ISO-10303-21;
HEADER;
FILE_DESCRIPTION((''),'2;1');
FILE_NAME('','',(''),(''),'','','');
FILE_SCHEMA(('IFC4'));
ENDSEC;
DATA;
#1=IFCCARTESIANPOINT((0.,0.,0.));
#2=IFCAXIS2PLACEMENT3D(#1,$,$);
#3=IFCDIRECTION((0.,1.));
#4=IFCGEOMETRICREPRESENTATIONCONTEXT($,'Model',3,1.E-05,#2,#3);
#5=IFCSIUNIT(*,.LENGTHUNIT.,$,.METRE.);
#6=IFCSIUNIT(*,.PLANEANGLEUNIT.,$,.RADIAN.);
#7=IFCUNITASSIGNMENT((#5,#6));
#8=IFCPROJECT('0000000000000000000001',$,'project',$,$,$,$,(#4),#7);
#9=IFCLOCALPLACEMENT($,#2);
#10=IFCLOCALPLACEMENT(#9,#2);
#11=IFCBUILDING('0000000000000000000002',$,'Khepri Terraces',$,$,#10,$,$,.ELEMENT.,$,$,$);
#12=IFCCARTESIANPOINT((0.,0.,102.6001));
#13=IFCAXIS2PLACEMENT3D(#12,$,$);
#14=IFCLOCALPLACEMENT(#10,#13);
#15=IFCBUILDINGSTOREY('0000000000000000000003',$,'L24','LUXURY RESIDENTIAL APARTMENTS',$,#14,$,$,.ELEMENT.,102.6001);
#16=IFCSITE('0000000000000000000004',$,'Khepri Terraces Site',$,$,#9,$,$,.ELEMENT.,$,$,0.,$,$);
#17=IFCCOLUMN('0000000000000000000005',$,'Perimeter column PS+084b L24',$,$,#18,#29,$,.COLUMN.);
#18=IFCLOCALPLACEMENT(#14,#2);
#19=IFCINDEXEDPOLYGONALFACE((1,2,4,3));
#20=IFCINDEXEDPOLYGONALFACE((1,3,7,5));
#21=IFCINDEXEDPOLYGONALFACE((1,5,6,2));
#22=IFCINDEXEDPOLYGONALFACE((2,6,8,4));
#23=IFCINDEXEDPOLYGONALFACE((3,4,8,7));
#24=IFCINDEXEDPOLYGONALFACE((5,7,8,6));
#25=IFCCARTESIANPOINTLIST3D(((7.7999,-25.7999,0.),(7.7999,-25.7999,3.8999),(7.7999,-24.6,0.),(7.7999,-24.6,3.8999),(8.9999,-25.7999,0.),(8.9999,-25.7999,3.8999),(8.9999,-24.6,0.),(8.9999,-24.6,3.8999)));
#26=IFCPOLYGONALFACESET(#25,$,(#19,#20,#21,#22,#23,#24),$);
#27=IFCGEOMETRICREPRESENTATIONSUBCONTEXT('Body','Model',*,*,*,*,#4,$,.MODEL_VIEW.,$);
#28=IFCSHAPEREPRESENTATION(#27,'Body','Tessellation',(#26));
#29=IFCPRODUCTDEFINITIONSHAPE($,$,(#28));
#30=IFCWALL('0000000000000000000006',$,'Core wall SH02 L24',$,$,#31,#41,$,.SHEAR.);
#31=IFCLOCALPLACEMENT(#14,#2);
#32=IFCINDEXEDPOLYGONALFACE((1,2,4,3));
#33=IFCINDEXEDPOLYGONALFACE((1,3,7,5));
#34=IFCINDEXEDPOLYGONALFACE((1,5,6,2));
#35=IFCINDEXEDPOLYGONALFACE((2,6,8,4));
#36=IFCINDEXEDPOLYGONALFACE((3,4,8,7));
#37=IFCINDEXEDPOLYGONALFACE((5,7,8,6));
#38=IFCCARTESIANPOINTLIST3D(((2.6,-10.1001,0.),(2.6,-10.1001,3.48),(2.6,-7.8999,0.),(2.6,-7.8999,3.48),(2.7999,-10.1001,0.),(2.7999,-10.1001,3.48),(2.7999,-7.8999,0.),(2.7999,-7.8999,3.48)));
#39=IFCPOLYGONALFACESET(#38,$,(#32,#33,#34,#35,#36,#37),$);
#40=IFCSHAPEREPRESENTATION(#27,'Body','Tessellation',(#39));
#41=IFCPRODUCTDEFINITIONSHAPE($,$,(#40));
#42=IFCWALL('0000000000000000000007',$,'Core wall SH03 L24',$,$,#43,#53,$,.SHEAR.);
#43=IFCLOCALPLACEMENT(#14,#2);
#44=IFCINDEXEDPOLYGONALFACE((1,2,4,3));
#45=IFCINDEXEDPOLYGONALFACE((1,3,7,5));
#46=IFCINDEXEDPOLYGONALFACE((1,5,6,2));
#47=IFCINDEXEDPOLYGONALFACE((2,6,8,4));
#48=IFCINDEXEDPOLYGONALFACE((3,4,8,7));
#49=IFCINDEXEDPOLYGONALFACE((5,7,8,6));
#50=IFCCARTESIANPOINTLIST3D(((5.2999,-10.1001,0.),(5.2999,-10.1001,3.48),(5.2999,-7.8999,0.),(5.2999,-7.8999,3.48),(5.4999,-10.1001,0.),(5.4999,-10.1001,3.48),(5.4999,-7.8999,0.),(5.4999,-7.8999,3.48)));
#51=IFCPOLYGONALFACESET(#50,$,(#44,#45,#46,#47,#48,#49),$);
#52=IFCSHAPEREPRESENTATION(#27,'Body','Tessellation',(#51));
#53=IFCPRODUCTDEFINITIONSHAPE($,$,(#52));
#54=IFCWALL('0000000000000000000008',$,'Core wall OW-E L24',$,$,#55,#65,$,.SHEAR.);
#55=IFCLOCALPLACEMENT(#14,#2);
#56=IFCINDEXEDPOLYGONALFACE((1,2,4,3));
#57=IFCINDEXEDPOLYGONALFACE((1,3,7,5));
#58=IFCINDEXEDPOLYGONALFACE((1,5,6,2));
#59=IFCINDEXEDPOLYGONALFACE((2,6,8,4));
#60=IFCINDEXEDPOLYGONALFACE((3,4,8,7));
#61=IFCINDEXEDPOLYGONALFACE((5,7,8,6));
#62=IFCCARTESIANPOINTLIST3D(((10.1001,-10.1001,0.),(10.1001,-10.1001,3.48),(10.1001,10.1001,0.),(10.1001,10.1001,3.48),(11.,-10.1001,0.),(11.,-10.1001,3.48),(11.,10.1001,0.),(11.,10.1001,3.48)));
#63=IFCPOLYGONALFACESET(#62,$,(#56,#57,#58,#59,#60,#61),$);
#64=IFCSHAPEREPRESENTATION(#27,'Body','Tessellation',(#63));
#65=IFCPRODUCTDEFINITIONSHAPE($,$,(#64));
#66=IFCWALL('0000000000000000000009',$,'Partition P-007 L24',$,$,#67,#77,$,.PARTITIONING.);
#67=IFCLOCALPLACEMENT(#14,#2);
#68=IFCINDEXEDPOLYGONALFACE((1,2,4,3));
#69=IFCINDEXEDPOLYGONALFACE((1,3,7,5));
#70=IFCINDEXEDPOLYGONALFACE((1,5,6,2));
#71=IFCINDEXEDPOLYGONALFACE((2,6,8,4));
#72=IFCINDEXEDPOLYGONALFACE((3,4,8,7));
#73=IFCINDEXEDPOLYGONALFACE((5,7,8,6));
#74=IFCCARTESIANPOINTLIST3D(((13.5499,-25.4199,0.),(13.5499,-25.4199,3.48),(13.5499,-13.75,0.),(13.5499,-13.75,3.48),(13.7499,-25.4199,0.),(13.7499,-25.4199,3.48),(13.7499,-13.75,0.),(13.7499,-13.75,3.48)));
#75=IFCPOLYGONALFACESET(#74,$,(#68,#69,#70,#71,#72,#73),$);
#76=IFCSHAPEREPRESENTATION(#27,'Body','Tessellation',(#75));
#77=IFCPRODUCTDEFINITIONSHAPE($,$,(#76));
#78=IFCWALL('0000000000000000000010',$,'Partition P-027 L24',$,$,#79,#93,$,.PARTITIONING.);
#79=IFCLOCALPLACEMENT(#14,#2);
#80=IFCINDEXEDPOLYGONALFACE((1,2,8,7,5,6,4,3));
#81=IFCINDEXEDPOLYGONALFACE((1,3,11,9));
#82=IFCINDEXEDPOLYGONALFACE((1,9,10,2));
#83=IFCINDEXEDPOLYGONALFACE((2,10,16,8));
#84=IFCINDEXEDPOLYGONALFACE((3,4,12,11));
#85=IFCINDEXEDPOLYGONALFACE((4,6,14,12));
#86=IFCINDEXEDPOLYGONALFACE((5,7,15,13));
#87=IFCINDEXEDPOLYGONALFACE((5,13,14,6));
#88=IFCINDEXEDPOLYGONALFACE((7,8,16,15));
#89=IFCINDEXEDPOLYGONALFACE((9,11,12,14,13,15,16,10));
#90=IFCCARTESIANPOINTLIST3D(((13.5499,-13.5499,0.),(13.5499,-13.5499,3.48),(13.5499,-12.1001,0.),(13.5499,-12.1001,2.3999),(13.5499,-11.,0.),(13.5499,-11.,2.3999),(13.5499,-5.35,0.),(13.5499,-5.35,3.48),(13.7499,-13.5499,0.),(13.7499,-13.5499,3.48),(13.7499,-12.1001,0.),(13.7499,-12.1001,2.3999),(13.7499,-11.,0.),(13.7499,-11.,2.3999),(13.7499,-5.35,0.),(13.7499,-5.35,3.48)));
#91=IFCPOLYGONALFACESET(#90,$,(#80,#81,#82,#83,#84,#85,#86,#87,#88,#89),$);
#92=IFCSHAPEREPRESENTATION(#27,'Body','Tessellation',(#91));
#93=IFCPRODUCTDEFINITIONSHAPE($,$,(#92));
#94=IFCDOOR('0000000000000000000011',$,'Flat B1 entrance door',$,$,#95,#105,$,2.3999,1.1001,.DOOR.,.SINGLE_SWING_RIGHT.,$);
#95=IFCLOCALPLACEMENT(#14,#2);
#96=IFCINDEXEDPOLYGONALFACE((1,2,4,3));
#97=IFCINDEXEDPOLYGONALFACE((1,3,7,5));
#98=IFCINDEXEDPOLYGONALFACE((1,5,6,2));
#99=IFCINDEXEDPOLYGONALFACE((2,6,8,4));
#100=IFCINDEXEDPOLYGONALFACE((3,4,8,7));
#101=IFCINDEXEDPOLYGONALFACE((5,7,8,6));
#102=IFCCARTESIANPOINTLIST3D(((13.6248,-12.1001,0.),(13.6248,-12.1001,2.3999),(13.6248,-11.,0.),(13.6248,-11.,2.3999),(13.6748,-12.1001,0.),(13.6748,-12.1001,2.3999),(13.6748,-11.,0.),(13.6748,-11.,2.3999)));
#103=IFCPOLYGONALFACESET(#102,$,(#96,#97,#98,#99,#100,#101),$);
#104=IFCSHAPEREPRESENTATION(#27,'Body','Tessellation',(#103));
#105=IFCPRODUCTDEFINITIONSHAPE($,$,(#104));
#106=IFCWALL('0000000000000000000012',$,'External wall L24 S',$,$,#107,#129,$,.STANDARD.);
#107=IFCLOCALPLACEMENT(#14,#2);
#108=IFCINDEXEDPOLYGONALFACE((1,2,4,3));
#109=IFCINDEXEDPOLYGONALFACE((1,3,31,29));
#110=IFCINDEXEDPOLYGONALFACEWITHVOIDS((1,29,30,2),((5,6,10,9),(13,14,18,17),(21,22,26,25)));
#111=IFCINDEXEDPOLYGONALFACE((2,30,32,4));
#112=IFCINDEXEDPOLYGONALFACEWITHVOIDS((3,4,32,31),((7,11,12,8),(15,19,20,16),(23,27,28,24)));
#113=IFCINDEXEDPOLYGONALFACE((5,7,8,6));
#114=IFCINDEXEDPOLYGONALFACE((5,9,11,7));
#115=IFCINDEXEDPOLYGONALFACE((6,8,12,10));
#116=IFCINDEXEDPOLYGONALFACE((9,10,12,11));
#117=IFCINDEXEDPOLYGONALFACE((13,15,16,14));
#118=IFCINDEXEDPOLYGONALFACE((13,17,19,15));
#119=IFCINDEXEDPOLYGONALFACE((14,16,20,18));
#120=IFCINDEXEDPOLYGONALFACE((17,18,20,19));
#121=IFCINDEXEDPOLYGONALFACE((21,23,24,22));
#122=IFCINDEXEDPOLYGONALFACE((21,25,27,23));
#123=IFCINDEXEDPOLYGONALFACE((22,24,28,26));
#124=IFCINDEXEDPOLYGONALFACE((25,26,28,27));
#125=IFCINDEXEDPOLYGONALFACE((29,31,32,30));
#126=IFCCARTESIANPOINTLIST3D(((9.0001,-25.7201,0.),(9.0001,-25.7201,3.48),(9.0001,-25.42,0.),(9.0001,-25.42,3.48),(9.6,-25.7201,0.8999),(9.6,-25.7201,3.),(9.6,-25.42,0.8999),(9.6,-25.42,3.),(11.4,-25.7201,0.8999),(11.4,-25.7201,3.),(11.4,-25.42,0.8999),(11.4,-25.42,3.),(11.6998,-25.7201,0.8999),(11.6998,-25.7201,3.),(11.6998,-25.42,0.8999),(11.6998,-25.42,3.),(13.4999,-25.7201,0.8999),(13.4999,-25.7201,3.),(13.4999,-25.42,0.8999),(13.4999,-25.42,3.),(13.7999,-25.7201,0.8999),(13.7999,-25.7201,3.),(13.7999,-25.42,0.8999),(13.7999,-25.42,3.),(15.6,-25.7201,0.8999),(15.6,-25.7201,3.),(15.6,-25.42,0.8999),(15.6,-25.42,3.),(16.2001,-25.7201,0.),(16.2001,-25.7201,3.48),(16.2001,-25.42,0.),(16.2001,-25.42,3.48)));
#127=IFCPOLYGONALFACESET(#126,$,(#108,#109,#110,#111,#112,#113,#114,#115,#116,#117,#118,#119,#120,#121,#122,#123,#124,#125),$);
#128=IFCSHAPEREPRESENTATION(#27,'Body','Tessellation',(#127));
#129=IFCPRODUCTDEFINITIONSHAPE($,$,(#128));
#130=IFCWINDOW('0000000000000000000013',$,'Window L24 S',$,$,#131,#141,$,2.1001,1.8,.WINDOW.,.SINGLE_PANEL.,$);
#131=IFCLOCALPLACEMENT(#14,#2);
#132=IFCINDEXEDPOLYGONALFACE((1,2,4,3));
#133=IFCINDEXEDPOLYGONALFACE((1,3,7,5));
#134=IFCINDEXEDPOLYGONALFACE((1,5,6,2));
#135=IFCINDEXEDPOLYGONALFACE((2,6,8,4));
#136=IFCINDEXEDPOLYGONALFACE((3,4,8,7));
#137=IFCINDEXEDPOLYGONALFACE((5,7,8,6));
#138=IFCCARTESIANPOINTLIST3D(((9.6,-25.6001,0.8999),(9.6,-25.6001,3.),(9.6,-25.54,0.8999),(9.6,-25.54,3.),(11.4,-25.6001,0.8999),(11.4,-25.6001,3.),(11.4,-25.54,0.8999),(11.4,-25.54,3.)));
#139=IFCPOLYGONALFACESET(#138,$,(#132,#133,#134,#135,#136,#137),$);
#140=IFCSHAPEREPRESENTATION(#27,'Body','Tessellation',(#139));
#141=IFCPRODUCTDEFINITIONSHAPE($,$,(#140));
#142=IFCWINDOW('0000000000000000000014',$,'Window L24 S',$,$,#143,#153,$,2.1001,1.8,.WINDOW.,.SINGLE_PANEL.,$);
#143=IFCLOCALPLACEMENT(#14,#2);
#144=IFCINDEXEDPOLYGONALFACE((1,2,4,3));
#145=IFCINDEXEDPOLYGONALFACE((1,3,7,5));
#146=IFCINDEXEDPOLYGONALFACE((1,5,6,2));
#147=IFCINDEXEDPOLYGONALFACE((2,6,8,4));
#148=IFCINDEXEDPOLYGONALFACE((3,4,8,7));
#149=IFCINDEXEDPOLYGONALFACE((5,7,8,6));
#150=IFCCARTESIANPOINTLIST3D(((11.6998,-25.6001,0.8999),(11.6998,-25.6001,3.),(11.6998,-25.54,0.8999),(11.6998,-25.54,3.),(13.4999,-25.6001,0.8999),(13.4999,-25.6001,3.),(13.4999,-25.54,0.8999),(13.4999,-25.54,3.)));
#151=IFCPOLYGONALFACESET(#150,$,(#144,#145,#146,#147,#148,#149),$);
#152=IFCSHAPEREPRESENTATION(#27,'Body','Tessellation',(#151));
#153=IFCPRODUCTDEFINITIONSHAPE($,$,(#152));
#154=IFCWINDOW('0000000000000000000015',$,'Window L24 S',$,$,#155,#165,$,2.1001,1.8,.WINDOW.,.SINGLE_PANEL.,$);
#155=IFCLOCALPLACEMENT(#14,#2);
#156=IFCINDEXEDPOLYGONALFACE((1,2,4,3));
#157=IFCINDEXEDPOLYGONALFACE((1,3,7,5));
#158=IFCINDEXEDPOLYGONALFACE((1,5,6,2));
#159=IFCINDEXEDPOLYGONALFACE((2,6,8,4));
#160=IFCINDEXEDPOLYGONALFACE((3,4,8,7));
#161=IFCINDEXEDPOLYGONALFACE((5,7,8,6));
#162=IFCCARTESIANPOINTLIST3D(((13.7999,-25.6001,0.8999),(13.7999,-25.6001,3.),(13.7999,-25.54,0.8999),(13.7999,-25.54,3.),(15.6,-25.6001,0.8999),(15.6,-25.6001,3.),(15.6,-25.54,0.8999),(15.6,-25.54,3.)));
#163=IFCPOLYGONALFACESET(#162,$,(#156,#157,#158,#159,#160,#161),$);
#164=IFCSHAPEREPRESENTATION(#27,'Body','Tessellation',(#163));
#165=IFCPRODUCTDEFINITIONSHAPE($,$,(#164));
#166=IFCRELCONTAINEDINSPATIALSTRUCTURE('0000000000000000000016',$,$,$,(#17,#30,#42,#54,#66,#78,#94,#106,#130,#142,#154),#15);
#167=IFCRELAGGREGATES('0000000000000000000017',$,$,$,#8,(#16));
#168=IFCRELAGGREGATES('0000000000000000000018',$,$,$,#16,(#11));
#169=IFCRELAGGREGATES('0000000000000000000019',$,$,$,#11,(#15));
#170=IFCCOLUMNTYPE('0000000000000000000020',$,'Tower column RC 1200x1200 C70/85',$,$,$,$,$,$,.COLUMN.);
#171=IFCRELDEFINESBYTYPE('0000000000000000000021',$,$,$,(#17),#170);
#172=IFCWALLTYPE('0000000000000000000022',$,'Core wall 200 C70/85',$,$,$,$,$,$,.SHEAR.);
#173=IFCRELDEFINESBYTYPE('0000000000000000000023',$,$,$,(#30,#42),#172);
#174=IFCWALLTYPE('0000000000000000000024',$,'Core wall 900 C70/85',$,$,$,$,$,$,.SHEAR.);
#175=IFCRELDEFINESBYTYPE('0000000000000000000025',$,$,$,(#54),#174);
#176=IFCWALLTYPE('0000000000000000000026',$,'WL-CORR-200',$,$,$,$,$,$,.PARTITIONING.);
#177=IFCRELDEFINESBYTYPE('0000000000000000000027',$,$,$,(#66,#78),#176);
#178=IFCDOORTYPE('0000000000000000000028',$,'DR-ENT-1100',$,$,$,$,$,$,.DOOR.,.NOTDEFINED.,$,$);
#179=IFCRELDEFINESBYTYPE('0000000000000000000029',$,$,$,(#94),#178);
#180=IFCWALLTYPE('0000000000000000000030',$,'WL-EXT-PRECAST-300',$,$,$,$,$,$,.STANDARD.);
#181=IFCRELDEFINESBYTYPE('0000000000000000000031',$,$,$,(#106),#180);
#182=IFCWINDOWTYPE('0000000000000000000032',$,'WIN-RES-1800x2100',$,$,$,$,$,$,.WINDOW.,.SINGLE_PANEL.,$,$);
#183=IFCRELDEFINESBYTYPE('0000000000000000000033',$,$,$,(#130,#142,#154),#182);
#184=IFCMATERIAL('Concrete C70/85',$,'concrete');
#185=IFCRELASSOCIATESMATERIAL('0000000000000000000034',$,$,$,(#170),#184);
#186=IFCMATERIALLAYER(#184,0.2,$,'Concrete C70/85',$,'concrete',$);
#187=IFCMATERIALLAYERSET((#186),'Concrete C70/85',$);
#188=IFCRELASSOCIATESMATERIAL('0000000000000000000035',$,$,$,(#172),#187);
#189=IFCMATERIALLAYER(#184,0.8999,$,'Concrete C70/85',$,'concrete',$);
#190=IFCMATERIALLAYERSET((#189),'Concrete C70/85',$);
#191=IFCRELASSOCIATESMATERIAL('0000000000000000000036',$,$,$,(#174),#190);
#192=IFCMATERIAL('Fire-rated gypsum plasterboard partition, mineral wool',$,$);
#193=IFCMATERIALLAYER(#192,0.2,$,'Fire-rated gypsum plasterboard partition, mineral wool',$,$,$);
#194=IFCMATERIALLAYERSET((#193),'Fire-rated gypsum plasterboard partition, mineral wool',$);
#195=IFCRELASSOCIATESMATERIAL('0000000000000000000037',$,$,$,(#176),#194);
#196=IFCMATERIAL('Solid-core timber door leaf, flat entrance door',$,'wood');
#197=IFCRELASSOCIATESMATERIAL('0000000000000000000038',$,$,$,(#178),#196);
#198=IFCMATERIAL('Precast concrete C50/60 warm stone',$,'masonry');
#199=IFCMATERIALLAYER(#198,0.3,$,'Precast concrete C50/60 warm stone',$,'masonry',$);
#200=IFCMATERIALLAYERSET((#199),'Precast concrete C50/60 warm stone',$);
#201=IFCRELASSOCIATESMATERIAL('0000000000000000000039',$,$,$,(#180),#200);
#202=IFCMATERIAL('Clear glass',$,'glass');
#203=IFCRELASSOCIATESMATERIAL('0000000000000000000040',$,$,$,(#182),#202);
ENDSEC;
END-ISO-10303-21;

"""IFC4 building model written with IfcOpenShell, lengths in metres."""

from ifc_helpers import new_model, si_unit, direction, frame, frame_2d, origin, origin_2d, place, context, subcontext, project, spatial, rectangle, extrude, material, layer, layer_set, material_profile, profile_set, type_object, element, fill, save


model = new_model("IFC4")

# Units and contexts
model_context = context("Model", 3, precision=1e-05, world=origin(), true_north=direction((0.0, 1.0)))
body_context = subcontext(model_context, "Body", "Model", "MODEL_VIEW")
ifc_project = project(units=[si_unit("LENGTHUNIT", "METRE"), si_unit("PLANEANGLEUNIT", "RADIAN")], contexts=[model_context])

# Site, building, storey
site_placement = place(None, origin())
site = spatial("IfcSite", under=ifc_project, at=site_placement, Name="Khepri Terraces Site", CompositionType="ELEMENT", RefElevation=0.0)
building_placement = place(site_placement, origin())
building = spatial("IfcBuilding", under=site, at=building_placement, Name="Khepri Terraces", CompositionType="ELEMENT")
storey_placement = place(building_placement, frame((0.0, 0.0, 102.6001)))
storey = spatial("IfcBuildingStorey", under=building, at=storey_placement, Name="L24", Description="LUXURY RESIDENTIAL APARTMENTS", CompositionType="ELEMENT", Elevation=102.6001)

# Column
ifc_material_1 = material(Name="Concrete C70/85", Category="concrete")
ifc_material_profile = material_profile(ifc_material_1, rectangle(XDim=1.2, YDim=1.2, at=origin_2d()), Name="Concrete C70/85", Category="concrete")
ifc_profile_set = profile_set([ifc_material_profile], Name="Concrete C70/85")
column_type = type_object("IfcColumnType", Name="Tower column RC 1200x1200 C70/85", PredefinedType="COLUMN", material=ifc_profile_set)
column_placement = place(storey_placement, frame((8.3999, -25.2, 0.0), z_axis=(0.0, 0.0, 1.0), x_axis=(1.0, 0.0, 0.0)))
element("IfcColumn", 1, at=column_placement, inside=storey, type_object=column_type, Name="Perimeter column PS+084b L24", PredefinedType="COLUMN", context=body_context, shape_type="SweptSolid", body=[
    extrude(rectangle(XDim=1.2, YDim=1.2, at=origin_2d()), origin(), (0.0, 0.0, 1.0), 3.8999),
])

# Walls
ifc_layer_1 = layer(ifc_material_1, 0.2, Name="Concrete C70/85", Category="concrete")
ifc_layer_set_1 = layer_set([ifc_layer_1], Name="Concrete C70/85")
wall_type_1 = type_object("IfcWallType", Name="Core wall 200 C70/85", PredefinedType="SHEAR", material=ifc_layer_set_1)
for number, where, z_axis, x_axis, name in (
    (2, (2.7, -10.1001, 0.0), (0.0, 0.0, 1.0), (0.0, 1.0, 0.0), "Core wall SH02 L24"),
    (3, (5.3999, -10.1001, 0.0), (0.0, 0.0, 1.0), (0.0, 1.0, 0.0), "Core wall SH03 L24"),
):
    element("IfcWall", number, at=place(storey_placement, frame(where, z_axis=z_axis, x_axis=x_axis)), inside=storey, type_object=wall_type_1, Name=name, PredefinedType="SHEAR", context=body_context, shape_type="SweptSolid", body=[
        extrude(rectangle(XDim=2.2002, YDim=0.2, at=frame_2d((1.1001, 0.0))), origin(), (0.0, 0.0, 1.0), 3.48),
    ])
ifc_layer_2 = layer(ifc_material_1, 0.8999, Name="Concrete C70/85", Category="concrete")
ifc_layer_set_2 = layer_set([ifc_layer_2], Name="Concrete C70/85")
wall_type_2 = type_object("IfcWallType", Name="Core wall 900 C70/85", PredefinedType="SHEAR", material=ifc_layer_set_2)
wall_1_placement = place(storey_placement, frame((10.55, -10.1001, 0.0), z_axis=(0.0, 0.0, 1.0), x_axis=(0.0, 1.0, 0.0)))
element("IfcWall", 4, at=wall_1_placement, inside=storey, type_object=wall_type_2, Name="Core wall OW-E L24", PredefinedType="SHEAR", context=body_context, shape_type="SweptSolid", body=[
    extrude(rectangle(XDim=20.2002, YDim=0.8999, at=frame_2d((10.1001, 0.0))), origin(), (0.0, 0.0, 1.0), 3.48),
])
ifc_material_2 = material(Name="Fire-rated gypsum plasterboard partition, mineral wool")
ifc_layer_3 = layer(ifc_material_2, 0.2, Name="Fire-rated gypsum plasterboard partition, mineral wool")
ifc_layer_set_3 = layer_set([ifc_layer_3], Name="Fire-rated gypsum plasterboard partition, mineral wool")
wall_type_3 = type_object("IfcWallType", Name="WL-CORR-200", PredefinedType="PARTITIONING", material=ifc_layer_set_3)
wall_2_placement = place(storey_placement, frame((13.6499, -25.4199, 0.0), z_axis=(0.0, 0.0, 1.0), x_axis=(0.0, 1.0, 0.0)))
element("IfcWall", 5, at=wall_2_placement, inside=storey, type_object=wall_type_3, Name="Partition P-007 L24", PredefinedType="PARTITIONING", context=body_context, shape_type="SweptSolid", body=[
    extrude(rectangle(XDim=11.6699, YDim=0.2, at=frame_2d((5.835, 0.0))), origin(), (0.0, 0.0, 1.0), 3.48),
])

# Wall, opening, door
wall_3_placement = place(storey_placement, frame((13.6499, -13.55, 0.0), z_axis=(0.0, 0.0, 1.0), x_axis=(0.0, 1.0, 0.0)))
wall_3 = element("IfcWall", 6, at=wall_3_placement, inside=storey, type_object=wall_type_3, Name="Partition P-027 L24", PredefinedType="PARTITIONING", context=body_context, shape_type="SweptSolid", body=[
    extrude(rectangle(XDim=8.2, YDim=0.2, at=frame_2d((4.1001, 0.0))), origin(), (0.0, 0.0, 1.0), 3.48),
])
opening_1_placement = place(wall_3_placement, frame((1.45, 0.0, 0.0)))
opening_1 = element("IfcOpeningElement", 7, at=opening_1_placement, cuts=wall_3, PredefinedType="OPENING", context=body_context, shape_type="SweptSolid", body=[
    extrude(rectangle(XDim=1.1001, YDim=2.3999, at=frame_2d((0.55, 1.2))), frame((0.0, 0.1099, 0.0), z_axis=(0.0, -1.0, 0.0), x_axis=(1.0, 0.0, 0.0)), (0.0, 0.0, 1.0), 0.22),
])
ifc_material_3 = material(Name="Solid-core timber door leaf, flat entrance door", Category="wood")
door_type_1 = type_object("IfcDoorType", Name="DR-ENT-1100", OperationType="NOTDEFINED", PredefinedType="DOOR", material=ifc_material_3)
door_1_placement = place(opening_1_placement, frame((1.1001, 0.0, 0.0), z_axis=(0.0, 0.0, 1.0), x_axis=(-1.0, 0.0, 0.0)))
door_1 = element("IfcDoor", 8, at=door_1_placement, inside=storey, type_object=door_type_1, Name="Flat B1 entrance door", OperationType="SINGLE_SWING_RIGHT", OverallHeight=2.3999, OverallWidth=1.1001, PredefinedType="DOOR", context=body_context, shape_type="SweptSolid", body=[
    extrude(rectangle(XDim=1.1001, YDim=2.3999, at=frame_2d((0.55, 1.2))), frame((0.0, 0.0249, 0.0), z_axis=(0.0, -1.0, 0.0), x_axis=(1.0, 0.0, 0.0)), (0.0, 0.0, 1.0), 0.05),
])
fill(opening_1, door_1)

# Shared definitions
ifc_material_4 = material(Name="Precast concrete C50/60 warm stone", Category="masonry")
ifc_layer_4 = layer(ifc_material_4, 0.3, Name="Precast concrete C50/60 warm stone", Category="masonry")
ifc_layer_set_4 = layer_set([ifc_layer_4], Name="Precast concrete C50/60 warm stone")
wall_type_4 = type_object("IfcWallType", Name="WL-EXT-PRECAST-300", PredefinedType="STANDARD", material=ifc_layer_set_4)
ifc_material_5 = material(Name="Clear glass", Category="glass")
window_type = type_object("IfcWindowType", Name="WIN-RES-1800x2100", PartitioningType="SINGLE_PANEL", PredefinedType="WINDOW", material=ifc_material_5)

# Wall, openings, windows
wall_4_placement = place(storey_placement, frame((9.0, -25.5701, 0.0), z_axis=(0.0, 0.0, 1.0), x_axis=(1.0, 0.0, 0.0)))
wall_4 = element("IfcWall", 9, at=wall_4_placement, inside=storey, type_object=wall_type_4, Name="External wall L24 S", PredefinedType="STANDARD", context=body_context, shape_type="SweptSolid", body=[
    extrude(rectangle(XDim=7.2, YDim=0.3, at=frame_2d((3.6001, 0.0))), origin(), (0.0, 0.0, 1.0), 3.48),
])
opening_2_placement = place(wall_4_placement, frame((0.6001, 0.0, 0.8999)))
opening_2 = element("IfcOpeningElement", 10, at=opening_2_placement, cuts=wall_4, PredefinedType="OPENING", context=body_context, shape_type="SweptSolid", body=[
    extrude(rectangle(XDim=1.8, YDim=2.1001, at=frame_2d((0.8999, 1.05))), frame((0.0, 0.1602, 0.0), z_axis=(0.0, -1.0, 0.0), x_axis=(1.0, 0.0, 0.0)), (0.0, 0.0, 1.0), 0.3201),
])
opening_3_placement = place(wall_4_placement, frame((2.7, 0.0, 0.8999)))
opening_3 = element("IfcOpeningElement", 11, at=opening_3_placement, cuts=wall_4, PredefinedType="OPENING", context=body_context, shape_type="SweptSolid", body=[
    extrude(rectangle(XDim=1.8, YDim=2.1001, at=frame_2d((0.8999, 1.05))), frame((0.0, 0.1602, 0.0), z_axis=(0.0, -1.0, 0.0), x_axis=(1.0, 0.0, 0.0)), (0.0, 0.0, 1.0), 0.3201),
])
opening_4_placement = place(wall_4_placement, frame((4.8, 0.0, 0.8999)))
opening_4 = element("IfcOpeningElement", 12, at=opening_4_placement, cuts=wall_4, PredefinedType="OPENING", context=body_context, shape_type="SweptSolid", body=[
    extrude(rectangle(XDim=1.8, YDim=2.1001, at=frame_2d((0.8999, 1.05))), frame((0.0, 0.1602, 0.0), z_axis=(0.0, -1.0, 0.0), x_axis=(1.0, 0.0, 0.0)), (0.0, 0.0, 1.0), 0.3201),
])
window_1_placement = place(opening_2_placement, origin())
window_1 = element("IfcWindow", 13, at=window_1_placement, inside=storey, type_object=window_type, Name="Window L24 S", OverallHeight=2.1001, OverallWidth=1.8, PartitioningType="SINGLE_PANEL", PredefinedType="WINDOW", context=body_context, shape_type="SweptSolid", body=[
    extrude(rectangle(XDim=1.8, YDim=2.1001, at=frame_2d((0.8999, 1.05))), frame((0.0, 0.03, 0.0), z_axis=(0.0, -1.0, 0.0), x_axis=(1.0, 0.0, 0.0)), (0.0, 0.0, 1.0), 0.0601),
])
fill(opening_2, window_1)
window_2_placement = place(opening_3_placement, origin())
window_2 = element("IfcWindow", 14, at=window_2_placement, inside=storey, type_object=window_type, Name="Window L24 S", OverallHeight=2.1001, OverallWidth=1.8, PartitioningType="SINGLE_PANEL", PredefinedType="WINDOW", context=body_context, shape_type="SweptSolid", body=[
    extrude(rectangle(XDim=1.8, YDim=2.1001, at=frame_2d((0.8999, 1.05))), frame((0.0, 0.03, 0.0), z_axis=(0.0, -1.0, 0.0), x_axis=(1.0, 0.0, 0.0)), (0.0, 0.0, 1.0), 0.0601),
])
fill(opening_3, window_2)
window_3_placement = place(opening_4_placement, origin())
window_3 = element("IfcWindow", 15, at=window_3_placement, inside=storey, type_object=window_type, Name="Window L24 S", OverallHeight=2.1001, OverallWidth=1.8, PartitioningType="SINGLE_PANEL", PredefinedType="WINDOW", context=body_context, shape_type="SweptSolid", body=[
    extrude(rectangle(XDim=1.8, YDim=2.1001, at=frame_2d((0.8999, 1.05))), frame((0.0, 0.03, 0.0), z_axis=(0.0, -1.0, 0.0), x_axis=(1.0, 0.0, 0.0)), (0.0, 0.0, 1.0), 0.0601),
])
fill(opening_4, window_3)

save(model, "model.ifc")
